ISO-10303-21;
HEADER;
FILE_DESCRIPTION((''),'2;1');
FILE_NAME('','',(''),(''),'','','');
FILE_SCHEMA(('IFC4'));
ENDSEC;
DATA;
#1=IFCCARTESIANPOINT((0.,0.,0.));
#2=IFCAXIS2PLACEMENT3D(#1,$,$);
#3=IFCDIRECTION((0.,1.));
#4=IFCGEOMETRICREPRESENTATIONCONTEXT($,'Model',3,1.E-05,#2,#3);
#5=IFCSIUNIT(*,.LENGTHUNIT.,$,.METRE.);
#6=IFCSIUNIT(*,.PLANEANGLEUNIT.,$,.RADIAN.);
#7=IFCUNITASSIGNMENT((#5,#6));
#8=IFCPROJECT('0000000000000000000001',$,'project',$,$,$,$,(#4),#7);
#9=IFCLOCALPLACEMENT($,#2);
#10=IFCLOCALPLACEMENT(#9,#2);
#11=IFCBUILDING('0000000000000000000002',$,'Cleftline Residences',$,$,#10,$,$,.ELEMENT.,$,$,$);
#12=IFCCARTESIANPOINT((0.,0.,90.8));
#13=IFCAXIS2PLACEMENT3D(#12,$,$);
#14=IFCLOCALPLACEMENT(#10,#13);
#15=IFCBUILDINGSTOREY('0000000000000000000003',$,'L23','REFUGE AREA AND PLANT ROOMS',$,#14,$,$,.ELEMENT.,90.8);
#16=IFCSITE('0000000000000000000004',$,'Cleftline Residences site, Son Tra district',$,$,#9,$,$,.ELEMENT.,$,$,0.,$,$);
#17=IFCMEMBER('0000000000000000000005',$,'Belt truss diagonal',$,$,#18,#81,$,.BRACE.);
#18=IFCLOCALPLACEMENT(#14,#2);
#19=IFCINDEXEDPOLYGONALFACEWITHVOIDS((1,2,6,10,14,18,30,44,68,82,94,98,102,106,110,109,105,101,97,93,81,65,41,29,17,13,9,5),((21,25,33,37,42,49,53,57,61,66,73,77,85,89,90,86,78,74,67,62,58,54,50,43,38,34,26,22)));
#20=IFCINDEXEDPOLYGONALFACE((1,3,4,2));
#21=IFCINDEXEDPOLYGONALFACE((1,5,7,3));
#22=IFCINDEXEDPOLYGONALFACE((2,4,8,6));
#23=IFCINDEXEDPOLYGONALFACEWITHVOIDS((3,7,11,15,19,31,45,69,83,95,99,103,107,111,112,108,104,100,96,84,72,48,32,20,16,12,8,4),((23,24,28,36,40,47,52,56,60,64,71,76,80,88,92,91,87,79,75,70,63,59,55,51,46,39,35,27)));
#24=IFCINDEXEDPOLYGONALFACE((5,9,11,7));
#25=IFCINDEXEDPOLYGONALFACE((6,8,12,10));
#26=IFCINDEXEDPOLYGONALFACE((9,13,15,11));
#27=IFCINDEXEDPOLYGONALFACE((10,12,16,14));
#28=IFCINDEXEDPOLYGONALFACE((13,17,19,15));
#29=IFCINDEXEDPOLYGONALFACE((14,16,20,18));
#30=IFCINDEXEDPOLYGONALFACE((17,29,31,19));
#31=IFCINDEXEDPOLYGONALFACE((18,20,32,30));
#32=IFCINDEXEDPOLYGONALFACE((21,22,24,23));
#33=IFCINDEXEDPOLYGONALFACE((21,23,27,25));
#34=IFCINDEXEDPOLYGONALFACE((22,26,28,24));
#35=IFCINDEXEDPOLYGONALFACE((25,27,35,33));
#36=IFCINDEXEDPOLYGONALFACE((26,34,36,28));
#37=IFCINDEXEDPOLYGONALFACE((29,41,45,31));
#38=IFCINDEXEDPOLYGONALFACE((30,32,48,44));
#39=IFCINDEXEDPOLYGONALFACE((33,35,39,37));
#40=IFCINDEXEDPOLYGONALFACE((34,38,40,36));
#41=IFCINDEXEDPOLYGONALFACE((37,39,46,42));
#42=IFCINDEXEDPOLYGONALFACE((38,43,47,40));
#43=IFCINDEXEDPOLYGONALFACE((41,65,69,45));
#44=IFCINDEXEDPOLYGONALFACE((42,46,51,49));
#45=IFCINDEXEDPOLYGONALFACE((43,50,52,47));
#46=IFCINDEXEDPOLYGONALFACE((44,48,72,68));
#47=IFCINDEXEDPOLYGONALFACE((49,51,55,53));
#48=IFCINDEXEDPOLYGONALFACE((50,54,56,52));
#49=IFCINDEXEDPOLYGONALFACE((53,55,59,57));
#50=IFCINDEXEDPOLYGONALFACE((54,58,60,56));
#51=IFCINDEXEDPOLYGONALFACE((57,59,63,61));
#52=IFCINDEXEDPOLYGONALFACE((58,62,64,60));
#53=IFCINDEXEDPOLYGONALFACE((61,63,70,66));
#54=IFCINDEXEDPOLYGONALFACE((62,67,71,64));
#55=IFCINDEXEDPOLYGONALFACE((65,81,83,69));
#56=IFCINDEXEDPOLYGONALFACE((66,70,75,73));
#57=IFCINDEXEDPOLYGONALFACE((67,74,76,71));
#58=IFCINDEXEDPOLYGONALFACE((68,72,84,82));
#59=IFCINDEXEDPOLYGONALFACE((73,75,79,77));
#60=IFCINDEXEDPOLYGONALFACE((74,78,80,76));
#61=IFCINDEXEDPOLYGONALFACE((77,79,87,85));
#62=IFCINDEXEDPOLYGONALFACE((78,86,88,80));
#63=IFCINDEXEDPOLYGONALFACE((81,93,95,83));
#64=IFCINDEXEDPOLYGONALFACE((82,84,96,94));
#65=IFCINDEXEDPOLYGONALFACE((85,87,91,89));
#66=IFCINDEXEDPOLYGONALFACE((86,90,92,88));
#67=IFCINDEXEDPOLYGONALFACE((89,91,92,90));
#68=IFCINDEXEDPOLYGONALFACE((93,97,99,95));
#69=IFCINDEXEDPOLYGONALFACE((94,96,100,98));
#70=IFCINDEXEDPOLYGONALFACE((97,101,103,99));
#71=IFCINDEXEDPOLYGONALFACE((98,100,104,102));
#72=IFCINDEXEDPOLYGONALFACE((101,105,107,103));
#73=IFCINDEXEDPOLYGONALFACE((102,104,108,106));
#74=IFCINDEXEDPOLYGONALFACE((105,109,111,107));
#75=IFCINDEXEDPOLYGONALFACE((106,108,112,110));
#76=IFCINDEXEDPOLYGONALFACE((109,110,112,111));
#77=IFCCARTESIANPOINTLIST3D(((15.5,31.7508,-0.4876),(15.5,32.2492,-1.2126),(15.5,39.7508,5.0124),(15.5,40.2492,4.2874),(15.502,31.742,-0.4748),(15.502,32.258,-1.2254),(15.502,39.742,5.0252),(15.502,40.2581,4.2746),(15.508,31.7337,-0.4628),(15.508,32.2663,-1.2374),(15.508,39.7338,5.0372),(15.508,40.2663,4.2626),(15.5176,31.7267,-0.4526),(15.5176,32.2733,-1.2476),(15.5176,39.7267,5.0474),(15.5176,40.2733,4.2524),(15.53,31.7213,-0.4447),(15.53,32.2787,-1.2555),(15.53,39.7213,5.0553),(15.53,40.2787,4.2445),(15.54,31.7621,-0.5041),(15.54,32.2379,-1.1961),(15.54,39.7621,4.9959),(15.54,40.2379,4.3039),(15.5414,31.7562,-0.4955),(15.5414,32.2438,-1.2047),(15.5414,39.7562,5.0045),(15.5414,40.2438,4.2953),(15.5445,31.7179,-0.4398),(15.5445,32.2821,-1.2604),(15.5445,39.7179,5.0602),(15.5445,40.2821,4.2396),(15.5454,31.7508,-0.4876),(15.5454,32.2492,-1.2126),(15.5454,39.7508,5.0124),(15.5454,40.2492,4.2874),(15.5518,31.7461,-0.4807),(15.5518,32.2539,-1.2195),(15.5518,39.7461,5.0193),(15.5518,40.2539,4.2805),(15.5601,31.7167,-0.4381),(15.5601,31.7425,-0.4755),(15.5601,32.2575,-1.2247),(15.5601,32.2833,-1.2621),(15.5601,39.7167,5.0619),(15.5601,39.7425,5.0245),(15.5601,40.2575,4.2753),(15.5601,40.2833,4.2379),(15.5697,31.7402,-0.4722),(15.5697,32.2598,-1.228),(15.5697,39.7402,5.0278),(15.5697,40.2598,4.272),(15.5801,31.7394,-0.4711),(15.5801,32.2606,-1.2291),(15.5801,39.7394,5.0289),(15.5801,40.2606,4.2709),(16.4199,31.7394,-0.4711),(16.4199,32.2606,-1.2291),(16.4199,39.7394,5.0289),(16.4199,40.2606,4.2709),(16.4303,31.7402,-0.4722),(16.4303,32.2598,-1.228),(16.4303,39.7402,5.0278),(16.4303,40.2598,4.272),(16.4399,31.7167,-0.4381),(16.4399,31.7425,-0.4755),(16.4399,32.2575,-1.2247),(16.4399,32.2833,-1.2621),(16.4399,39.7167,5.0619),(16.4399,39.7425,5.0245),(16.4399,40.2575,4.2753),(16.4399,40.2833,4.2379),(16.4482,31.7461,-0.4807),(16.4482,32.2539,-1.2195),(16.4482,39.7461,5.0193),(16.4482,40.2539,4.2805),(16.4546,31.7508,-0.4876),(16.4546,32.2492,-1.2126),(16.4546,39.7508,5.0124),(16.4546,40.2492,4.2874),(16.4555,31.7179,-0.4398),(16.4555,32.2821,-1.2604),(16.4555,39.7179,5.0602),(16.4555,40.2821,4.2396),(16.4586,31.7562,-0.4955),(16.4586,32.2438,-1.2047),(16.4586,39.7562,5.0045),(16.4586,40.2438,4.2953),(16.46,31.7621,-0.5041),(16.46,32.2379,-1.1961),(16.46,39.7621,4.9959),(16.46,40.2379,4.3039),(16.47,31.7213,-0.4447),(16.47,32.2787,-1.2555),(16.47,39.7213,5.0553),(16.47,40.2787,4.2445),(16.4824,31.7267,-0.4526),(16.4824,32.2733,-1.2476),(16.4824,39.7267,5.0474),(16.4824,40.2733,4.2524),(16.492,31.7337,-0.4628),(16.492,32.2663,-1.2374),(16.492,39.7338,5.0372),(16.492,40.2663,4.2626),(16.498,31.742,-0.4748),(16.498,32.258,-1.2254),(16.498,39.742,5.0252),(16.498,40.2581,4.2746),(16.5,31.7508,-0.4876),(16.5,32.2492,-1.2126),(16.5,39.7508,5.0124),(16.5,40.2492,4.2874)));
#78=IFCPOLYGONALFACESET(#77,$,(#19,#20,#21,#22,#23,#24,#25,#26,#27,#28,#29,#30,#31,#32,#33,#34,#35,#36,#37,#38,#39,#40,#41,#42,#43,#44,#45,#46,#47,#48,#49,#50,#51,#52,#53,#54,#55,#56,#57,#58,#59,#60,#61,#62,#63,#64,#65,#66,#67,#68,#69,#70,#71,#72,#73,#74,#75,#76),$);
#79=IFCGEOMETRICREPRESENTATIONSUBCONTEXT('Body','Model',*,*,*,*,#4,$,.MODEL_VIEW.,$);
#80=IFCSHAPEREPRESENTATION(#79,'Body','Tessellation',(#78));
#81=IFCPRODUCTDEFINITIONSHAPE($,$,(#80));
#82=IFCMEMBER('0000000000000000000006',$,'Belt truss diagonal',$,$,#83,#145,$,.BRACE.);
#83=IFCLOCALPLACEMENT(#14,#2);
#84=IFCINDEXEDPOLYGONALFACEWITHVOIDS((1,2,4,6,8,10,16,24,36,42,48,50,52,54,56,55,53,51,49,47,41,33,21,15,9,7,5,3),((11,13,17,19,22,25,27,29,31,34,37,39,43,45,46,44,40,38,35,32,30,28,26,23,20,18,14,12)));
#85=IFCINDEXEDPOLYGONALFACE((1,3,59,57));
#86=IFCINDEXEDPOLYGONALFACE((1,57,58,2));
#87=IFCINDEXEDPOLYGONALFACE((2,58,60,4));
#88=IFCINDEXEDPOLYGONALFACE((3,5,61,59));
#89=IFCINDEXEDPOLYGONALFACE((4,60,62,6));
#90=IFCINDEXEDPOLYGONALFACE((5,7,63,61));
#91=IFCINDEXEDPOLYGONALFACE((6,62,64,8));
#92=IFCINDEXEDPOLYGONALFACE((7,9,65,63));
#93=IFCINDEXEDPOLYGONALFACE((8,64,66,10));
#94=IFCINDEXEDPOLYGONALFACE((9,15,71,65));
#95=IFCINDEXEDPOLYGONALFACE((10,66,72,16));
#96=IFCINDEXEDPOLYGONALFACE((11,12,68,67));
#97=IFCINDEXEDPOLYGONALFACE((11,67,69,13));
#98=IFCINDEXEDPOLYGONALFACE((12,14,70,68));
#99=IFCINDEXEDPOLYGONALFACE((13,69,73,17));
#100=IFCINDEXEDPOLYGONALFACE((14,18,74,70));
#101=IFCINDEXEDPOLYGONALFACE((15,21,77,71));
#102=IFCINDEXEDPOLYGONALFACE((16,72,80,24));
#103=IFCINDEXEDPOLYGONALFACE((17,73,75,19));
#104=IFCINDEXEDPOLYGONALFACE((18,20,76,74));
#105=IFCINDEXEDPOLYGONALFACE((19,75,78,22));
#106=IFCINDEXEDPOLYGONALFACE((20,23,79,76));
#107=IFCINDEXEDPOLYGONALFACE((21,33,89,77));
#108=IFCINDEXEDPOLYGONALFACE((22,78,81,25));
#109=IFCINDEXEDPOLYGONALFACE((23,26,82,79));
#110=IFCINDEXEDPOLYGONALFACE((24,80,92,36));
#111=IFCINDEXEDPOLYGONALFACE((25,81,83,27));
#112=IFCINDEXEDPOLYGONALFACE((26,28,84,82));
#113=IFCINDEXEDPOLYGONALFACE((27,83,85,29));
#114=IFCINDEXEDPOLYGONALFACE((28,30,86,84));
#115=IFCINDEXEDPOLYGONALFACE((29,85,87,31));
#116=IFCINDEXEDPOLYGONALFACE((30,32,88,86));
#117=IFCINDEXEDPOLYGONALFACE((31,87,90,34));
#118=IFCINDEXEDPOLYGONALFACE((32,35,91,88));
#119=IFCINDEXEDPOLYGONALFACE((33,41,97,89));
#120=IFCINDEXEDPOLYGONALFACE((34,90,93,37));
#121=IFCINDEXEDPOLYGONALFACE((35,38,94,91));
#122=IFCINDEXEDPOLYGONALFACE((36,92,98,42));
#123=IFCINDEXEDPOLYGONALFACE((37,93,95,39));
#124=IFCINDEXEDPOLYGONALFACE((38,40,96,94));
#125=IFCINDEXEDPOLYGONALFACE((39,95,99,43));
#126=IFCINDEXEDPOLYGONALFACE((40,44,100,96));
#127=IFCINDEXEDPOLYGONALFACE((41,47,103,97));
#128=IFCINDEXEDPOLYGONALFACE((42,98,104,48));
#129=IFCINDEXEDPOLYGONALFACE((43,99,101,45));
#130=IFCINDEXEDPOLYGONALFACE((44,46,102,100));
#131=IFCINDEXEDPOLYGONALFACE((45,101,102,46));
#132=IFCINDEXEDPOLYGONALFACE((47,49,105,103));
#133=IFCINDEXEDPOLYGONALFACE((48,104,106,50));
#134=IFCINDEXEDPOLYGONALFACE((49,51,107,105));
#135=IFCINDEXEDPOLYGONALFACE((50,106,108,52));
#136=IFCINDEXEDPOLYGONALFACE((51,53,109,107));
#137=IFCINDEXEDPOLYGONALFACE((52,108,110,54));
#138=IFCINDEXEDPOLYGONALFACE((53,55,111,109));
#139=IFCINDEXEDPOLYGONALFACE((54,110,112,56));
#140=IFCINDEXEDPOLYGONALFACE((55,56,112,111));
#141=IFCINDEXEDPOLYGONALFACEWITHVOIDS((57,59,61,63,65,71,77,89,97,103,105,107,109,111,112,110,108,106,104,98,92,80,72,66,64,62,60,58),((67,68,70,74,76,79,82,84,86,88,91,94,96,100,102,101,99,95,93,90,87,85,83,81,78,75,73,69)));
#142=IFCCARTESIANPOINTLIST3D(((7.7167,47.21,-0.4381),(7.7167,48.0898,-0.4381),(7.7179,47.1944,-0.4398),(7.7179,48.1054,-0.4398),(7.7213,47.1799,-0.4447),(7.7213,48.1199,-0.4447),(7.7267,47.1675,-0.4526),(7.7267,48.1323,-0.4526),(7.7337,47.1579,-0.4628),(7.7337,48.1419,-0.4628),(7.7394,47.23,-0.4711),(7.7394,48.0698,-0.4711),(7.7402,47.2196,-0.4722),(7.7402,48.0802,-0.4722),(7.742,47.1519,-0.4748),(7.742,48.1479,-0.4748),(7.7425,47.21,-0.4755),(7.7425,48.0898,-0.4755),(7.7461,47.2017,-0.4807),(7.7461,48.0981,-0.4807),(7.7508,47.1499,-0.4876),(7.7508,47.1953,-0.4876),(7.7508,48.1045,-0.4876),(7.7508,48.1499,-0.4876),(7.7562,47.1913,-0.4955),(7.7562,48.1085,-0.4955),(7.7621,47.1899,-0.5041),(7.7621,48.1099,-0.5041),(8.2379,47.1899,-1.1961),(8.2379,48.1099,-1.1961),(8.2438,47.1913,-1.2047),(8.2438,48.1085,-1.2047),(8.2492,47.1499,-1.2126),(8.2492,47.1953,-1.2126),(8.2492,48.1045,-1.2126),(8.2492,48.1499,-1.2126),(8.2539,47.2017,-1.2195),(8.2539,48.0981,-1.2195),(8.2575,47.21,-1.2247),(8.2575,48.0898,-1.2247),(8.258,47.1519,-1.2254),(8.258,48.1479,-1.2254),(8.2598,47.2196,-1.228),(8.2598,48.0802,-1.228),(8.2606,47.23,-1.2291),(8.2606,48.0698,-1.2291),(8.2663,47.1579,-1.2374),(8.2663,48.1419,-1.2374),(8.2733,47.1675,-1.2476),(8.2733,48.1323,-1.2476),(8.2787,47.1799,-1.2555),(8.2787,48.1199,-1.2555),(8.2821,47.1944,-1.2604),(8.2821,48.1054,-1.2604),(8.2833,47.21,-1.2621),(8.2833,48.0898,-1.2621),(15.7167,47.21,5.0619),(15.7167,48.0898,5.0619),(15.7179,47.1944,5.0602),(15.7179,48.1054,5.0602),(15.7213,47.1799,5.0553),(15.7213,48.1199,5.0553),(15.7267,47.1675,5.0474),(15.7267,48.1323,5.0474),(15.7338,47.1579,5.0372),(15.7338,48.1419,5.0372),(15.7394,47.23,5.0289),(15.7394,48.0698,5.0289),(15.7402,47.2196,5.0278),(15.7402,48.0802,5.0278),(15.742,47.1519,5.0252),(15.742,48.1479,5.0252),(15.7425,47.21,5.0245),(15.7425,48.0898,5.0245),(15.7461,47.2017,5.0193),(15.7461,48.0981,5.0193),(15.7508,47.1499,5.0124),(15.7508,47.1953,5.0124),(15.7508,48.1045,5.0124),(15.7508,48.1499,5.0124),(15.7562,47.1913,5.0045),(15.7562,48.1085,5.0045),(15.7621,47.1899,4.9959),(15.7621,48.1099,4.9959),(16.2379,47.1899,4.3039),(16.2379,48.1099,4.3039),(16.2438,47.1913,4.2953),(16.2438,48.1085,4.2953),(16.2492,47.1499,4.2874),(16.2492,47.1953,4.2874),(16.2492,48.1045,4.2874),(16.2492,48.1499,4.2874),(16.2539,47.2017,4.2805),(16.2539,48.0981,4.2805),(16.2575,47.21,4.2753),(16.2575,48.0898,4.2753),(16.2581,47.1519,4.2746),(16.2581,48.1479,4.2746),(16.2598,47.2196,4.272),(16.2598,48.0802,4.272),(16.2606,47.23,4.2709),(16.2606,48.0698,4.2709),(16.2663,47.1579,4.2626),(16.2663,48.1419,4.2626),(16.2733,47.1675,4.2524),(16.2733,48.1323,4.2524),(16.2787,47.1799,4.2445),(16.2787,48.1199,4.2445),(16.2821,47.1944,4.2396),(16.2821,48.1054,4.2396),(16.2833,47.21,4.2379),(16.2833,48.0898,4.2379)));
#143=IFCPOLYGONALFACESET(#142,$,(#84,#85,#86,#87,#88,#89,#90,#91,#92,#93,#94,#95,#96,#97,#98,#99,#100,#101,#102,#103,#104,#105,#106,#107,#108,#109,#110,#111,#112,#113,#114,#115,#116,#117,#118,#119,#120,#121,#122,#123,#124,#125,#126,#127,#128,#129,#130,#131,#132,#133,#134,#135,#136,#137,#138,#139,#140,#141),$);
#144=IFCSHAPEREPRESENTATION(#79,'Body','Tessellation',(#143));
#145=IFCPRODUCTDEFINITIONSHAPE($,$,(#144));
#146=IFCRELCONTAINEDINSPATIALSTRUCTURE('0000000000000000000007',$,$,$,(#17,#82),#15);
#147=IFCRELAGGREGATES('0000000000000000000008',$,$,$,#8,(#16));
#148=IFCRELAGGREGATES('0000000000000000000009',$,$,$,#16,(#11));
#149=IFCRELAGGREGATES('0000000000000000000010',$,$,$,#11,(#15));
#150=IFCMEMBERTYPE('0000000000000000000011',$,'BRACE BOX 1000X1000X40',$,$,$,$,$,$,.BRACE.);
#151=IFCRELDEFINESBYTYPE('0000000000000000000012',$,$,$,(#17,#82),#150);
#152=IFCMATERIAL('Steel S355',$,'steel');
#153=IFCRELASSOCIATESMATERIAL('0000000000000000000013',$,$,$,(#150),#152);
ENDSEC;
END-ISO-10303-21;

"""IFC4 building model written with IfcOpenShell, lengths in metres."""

from ifc_helpers import new_model, si_unit, direction, frame, origin, origin_2d, place, context, subcontext, project, spatial, hollow_rectangle, extrude, material, material_profile, profile_set, type_object, element, save


model = new_model("IFC4")

# Units and contexts
model_context = context("Model", 3, precision=1e-05, world=origin(), true_north=direction((0.0, 1.0)))
body_context = subcontext(model_context, "Body", "Model", "MODEL_VIEW")
ifc_project = project(units=[si_unit("LENGTHUNIT", "METRE"), si_unit("PLANEANGLEUNIT", "RADIAN")], contexts=[model_context])

# Site, building, storey
site_placement = place(None, origin())
site = spatial("IfcSite", under=ifc_project, at=site_placement, Name="Cleftline Residences site, Son Tra district", CompositionType="ELEMENT", RefElevation=0.0)
building_placement = place(site_placement, origin())
building = spatial("IfcBuilding", under=site, at=building_placement, Name="Cleftline Residences", CompositionType="ELEMENT")
storey_placement = place(building_placement, frame((0.0, 0.0, 90.8)))
storey = spatial("IfcBuildingStorey", under=building, at=storey_placement, Name="L23", Description="REFUGE AREA AND PLANT ROOMS", CompositionType="ELEMENT", Elevation=90.8)

# Members
ifc_material_1 = material(Name="Steel S355", Category="steel")
ifc_material_profile_1 = material_profile(ifc_material_1, hollow_rectangle(XDim=1.0, YDim=1.0, WallThickness=0.04, InnerFilletRadius=0.04, OuterFilletRadius=0.0601, at=origin_2d()))
ifc_profile_set_1 = profile_set([ifc_material_profile_1], Name="Steel S355")
member_type_1 = type_object("IfcMemberType", Name="BRACE BOX 1000X1000X40", PredefinedType="BRACE", material=ifc_profile_set_1)
for number, where, z_axis, x_axis, name in (
    (1, (16.0, 32.0, -0.8501), (0.0, 0.824042, 0.566529), (0.0, -0.566529, 0.824042), "Belt truss diagonal"),
    (2, (8.0, 47.6499, -0.8501), (0.824042, 0.0, 0.566529), (-0.566529, 0.0, 0.824042), "Belt truss diagonal"),
):
    element("IfcMember", number, at=place(storey_placement, frame(where, z_axis=z_axis, x_axis=x_axis)), inside=storey, type_object=member_type_1, Name=name, PredefinedType="BRACE", context=body_context, shape_type="SweptSolid", body=[
        extrude(hollow_rectangle(XDim=1.0, YDim=1.0, WallThickness=0.04, InnerFilletRadius=0.04, OuterFilletRadius=0.0601, at=origin_2d()), origin(), (0.0, 0.0, 1.0), 9.7083),
    ])

save(model, "model.ifc")
